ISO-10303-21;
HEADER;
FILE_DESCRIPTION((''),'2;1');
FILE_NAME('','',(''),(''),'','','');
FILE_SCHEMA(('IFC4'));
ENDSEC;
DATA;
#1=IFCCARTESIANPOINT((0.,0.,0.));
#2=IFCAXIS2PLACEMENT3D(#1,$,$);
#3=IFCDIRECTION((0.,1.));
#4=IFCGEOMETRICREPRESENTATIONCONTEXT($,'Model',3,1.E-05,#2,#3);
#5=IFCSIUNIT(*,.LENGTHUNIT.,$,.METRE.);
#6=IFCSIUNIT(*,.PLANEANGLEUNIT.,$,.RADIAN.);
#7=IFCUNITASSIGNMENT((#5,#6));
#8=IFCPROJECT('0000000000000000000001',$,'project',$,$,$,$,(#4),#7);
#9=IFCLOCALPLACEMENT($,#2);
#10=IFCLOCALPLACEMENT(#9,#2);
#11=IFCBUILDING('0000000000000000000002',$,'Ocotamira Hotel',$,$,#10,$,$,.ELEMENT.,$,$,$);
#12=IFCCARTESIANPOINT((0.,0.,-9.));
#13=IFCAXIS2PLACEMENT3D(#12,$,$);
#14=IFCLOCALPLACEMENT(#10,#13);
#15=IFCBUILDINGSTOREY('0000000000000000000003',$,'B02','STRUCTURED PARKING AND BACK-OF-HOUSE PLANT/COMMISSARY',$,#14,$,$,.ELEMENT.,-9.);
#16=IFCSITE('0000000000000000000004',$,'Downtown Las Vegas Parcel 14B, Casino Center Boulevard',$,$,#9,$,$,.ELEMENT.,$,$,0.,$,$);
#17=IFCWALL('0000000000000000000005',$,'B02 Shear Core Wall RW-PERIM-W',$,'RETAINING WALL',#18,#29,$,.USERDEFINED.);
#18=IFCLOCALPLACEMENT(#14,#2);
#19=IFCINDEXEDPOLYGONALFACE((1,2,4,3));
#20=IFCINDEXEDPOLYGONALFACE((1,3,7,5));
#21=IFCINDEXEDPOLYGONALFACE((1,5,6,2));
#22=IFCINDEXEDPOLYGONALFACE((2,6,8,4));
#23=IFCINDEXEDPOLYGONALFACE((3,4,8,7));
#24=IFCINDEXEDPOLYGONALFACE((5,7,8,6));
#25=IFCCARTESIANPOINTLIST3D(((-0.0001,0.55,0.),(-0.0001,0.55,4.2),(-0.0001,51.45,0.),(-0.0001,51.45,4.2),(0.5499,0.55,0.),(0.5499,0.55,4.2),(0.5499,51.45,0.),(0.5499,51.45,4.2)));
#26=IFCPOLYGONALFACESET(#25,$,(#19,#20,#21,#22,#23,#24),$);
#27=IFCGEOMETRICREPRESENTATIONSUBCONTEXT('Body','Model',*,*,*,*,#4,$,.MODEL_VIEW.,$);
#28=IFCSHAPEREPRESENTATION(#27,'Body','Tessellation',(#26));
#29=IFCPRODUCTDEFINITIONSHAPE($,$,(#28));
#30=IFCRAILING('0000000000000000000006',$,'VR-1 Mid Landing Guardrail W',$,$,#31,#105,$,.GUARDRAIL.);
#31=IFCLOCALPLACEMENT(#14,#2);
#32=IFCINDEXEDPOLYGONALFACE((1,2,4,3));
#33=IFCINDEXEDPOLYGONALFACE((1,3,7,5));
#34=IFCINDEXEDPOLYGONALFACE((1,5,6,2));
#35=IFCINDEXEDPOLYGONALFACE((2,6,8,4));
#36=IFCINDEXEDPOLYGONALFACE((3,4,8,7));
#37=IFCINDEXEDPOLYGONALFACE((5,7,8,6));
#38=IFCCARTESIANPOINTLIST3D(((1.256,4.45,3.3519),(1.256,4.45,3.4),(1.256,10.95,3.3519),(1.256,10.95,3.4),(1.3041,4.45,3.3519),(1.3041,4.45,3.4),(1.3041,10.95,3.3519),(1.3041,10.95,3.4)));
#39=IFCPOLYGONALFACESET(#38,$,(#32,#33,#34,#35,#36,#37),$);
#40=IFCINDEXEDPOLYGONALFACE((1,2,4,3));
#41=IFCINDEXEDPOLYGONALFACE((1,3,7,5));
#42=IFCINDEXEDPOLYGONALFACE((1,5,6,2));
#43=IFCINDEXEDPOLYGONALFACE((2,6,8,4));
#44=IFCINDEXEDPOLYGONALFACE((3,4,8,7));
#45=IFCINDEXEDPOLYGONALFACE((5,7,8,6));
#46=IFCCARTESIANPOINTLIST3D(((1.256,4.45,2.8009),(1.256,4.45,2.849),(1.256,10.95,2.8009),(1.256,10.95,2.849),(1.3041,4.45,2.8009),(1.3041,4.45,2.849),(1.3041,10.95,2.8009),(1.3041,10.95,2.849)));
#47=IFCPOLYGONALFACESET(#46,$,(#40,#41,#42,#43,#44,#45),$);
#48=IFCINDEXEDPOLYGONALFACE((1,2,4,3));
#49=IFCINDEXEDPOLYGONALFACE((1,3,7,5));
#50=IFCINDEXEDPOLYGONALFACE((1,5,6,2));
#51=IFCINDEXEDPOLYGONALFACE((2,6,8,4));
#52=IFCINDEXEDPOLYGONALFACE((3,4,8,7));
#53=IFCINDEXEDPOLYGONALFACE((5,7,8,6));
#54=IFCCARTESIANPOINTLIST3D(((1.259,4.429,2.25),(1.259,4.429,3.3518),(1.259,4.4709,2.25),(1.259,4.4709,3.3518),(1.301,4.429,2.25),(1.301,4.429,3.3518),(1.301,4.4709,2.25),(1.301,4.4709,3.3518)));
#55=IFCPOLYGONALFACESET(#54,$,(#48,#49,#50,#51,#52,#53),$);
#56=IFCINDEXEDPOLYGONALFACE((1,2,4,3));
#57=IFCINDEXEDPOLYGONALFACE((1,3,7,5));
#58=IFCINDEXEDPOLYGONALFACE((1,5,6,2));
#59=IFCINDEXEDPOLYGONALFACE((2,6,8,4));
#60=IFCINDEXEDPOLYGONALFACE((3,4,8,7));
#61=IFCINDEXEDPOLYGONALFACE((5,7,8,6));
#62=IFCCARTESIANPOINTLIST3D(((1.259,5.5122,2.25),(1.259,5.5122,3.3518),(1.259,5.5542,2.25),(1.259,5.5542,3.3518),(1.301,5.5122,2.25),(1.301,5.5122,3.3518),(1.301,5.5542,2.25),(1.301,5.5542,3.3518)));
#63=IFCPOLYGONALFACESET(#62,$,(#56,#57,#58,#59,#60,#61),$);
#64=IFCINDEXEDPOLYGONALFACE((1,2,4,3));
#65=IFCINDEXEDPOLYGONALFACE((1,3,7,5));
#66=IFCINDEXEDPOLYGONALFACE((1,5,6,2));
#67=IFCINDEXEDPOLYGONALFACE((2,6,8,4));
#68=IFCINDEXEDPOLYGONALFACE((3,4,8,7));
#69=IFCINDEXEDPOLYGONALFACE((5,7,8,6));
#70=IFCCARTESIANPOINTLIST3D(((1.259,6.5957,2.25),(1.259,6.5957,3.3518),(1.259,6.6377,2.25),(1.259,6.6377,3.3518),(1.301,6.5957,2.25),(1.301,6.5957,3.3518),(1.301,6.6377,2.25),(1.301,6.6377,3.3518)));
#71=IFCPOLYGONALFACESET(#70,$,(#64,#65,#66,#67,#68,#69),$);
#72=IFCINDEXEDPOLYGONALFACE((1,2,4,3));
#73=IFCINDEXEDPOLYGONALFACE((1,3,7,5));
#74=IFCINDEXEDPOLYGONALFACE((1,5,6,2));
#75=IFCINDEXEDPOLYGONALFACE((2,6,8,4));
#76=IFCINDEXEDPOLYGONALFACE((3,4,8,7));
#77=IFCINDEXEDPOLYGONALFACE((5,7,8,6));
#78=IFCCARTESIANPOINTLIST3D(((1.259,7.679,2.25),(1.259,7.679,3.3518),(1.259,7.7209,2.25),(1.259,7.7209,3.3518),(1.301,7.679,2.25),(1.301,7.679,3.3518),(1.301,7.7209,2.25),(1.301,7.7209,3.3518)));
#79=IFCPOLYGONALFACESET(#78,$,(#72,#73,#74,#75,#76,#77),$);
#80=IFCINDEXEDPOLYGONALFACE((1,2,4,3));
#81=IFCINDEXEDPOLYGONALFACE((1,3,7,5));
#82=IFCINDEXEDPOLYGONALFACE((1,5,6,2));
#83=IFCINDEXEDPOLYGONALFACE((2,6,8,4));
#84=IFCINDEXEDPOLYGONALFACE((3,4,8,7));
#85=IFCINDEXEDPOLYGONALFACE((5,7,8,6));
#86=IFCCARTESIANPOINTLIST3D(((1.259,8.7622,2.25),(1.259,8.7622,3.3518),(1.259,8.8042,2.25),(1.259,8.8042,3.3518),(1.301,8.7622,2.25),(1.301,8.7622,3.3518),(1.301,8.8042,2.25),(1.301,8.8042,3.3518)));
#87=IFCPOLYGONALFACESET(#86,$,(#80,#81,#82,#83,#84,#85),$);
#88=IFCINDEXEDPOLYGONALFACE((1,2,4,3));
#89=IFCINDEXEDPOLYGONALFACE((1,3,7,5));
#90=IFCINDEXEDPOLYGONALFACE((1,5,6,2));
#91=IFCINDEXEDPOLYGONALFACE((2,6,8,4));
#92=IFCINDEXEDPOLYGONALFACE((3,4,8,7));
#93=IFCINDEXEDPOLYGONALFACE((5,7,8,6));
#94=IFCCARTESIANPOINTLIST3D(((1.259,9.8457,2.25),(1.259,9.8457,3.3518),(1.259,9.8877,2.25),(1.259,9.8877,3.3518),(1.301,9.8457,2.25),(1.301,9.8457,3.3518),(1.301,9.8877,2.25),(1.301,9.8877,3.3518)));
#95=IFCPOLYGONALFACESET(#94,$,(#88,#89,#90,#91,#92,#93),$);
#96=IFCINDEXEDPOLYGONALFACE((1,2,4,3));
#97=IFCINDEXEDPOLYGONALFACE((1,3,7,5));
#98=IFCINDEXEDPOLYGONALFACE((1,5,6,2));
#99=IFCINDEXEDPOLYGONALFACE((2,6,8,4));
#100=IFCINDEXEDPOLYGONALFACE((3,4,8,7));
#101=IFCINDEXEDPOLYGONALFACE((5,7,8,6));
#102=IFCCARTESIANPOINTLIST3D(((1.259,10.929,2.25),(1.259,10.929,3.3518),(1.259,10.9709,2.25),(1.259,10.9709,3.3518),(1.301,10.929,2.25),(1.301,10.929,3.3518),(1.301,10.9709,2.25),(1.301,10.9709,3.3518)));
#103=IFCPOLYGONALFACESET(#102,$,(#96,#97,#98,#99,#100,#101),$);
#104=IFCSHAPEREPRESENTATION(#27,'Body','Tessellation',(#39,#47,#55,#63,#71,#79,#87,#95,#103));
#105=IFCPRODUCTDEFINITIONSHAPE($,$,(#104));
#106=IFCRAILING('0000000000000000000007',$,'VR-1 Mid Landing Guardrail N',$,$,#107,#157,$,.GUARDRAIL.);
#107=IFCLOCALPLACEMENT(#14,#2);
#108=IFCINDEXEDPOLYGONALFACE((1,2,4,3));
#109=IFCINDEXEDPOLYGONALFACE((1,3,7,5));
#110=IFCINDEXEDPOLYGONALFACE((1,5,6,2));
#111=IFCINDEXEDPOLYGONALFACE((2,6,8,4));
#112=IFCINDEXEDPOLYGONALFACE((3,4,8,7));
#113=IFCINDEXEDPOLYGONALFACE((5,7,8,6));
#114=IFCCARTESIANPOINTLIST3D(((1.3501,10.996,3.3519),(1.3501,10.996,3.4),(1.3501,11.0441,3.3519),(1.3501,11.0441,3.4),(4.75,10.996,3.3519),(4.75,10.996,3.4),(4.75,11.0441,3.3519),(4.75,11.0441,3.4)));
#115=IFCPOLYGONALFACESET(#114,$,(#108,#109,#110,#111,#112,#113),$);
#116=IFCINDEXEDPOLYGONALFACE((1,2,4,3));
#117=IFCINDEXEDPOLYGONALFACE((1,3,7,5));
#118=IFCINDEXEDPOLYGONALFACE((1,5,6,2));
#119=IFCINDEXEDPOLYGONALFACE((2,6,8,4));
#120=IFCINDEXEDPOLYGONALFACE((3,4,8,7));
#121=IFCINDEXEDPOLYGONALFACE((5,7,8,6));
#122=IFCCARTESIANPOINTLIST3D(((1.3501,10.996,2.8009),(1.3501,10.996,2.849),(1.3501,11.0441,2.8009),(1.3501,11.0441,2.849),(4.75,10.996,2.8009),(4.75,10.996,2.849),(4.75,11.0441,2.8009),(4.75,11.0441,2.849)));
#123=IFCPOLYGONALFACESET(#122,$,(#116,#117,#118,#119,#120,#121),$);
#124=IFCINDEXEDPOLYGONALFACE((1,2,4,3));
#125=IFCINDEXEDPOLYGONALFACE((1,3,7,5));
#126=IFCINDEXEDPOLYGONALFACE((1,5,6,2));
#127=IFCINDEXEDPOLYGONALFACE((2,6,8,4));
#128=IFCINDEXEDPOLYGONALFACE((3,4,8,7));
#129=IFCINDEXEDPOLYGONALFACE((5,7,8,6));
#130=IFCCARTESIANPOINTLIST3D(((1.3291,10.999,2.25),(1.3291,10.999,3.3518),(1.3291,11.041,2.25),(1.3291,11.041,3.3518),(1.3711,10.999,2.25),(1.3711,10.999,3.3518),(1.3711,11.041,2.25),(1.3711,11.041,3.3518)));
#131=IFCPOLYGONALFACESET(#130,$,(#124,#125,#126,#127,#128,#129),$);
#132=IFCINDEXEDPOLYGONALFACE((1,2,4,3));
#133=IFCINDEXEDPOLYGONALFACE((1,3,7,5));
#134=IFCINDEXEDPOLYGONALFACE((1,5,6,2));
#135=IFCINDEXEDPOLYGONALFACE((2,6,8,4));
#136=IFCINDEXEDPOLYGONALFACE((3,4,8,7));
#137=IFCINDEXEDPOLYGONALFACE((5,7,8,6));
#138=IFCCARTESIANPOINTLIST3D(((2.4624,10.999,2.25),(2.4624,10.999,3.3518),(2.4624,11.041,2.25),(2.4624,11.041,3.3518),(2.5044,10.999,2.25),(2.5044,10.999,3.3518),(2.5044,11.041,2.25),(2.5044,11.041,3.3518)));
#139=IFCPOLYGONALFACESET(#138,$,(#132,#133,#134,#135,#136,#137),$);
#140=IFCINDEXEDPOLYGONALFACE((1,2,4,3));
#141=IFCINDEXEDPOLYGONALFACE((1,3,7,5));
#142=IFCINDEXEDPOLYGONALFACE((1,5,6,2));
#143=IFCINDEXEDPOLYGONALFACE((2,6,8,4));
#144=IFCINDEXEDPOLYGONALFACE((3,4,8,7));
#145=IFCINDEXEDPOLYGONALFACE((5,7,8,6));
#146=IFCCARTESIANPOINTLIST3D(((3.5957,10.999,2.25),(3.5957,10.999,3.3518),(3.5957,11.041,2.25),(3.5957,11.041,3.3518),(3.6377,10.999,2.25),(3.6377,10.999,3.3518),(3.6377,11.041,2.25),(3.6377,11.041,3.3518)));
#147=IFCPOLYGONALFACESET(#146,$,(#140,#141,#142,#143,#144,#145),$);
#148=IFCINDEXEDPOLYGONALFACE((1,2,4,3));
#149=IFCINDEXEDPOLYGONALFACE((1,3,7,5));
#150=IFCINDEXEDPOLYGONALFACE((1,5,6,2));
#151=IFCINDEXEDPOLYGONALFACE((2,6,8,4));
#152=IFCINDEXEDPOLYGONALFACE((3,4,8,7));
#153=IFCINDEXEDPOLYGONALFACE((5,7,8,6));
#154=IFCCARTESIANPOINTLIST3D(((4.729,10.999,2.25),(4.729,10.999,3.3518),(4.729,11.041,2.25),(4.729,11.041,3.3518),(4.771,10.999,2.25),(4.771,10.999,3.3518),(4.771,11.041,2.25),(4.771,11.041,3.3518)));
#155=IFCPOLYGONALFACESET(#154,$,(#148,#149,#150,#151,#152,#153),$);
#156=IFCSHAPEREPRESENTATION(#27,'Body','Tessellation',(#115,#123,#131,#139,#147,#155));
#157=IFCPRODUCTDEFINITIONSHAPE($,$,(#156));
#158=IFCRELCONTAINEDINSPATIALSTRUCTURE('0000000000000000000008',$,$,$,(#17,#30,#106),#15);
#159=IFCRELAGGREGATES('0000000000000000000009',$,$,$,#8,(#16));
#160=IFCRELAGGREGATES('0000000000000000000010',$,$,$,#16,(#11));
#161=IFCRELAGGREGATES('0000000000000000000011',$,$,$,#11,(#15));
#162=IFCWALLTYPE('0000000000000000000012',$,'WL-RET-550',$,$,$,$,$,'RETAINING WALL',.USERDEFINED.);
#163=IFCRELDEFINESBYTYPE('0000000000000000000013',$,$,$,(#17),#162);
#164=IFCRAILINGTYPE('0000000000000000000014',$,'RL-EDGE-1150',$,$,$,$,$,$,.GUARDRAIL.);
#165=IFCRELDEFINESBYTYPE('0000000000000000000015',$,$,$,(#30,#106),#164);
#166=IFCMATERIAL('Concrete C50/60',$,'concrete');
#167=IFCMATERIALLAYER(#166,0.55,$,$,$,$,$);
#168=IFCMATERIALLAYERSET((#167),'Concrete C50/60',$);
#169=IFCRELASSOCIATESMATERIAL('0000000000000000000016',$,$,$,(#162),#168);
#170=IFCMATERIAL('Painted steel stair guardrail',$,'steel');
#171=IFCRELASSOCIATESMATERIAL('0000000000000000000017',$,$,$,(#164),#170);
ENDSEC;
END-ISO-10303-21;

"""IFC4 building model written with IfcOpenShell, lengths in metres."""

from ifc_helpers import new_model, si_unit, direction, frame, frame_2d, origin, origin_2d, place, context, subcontext, project, spatial, rectangle, extrude, material, layer, layer_set, type_object, element, save


model = new_model("IFC4")

# Units and contexts
model_context = context("Model", 3, precision=1e-05, world=origin(), true_north=direction((0.0, 1.0)))
body_context = subcontext(model_context, "Body", "Model", "MODEL_VIEW")
ifc_project = project(units=[si_unit("LENGTHUNIT", "METRE"), si_unit("PLANEANGLEUNIT", "RADIAN")], contexts=[model_context])

# Site, building, storey
site_placement = place(None, origin())
site = spatial("IfcSite", under=ifc_project, at=site_placement, Name="Downtown Las Vegas Parcel 14B, Casino Center Boulevard", CompositionType="ELEMENT", RefElevation=0.0)
building_placement = place(site_placement, origin())
building = spatial("IfcBuilding", under=site, at=building_placement, Name="Ocotamira Hotel", CompositionType="ELEMENT")
storey_placement = place(building_placement, frame((0.0, 0.0, -9.0)))
storey = spatial("IfcBuildingStorey", under=building, at=storey_placement, Name="B02", Description="STRUCTURED PARKING AND BACK-OF-HOUSE PLANT/COMMISSARY", CompositionType="ELEMENT", Elevation=-9.0)

# Shared definitions
ifc_material_1 = material(Name="Concrete C50/60", Category="concrete")

# Wall
ifc_layer_1 = layer(ifc_material_1, 0.55)
ifc_layer_set_1 = layer_set([ifc_layer_1], Name="Concrete C50/60")
wall_type_1 = type_object("IfcWallType", Name="WL-RET-550", ElementType="RETAINING WALL", PredefinedType="USERDEFINED", material=ifc_layer_set_1)
wall_1_placement = place(storey_placement, frame((0.2749, 0.55, 0.0), z_axis=(0.0, 0.0, 1.0), x_axis=(0.0, 1.0, 0.0)))
element("IfcWall", 1, at=wall_1_placement, inside=storey, type_object=wall_type_1, Name="B02 Shear Core Wall RW-PERIM-W", ObjectType="RETAINING WALL", PredefinedType="USERDEFINED", context=body_context, shape_type="SweptSolid", body=[
    extrude(rectangle(XDim=50.8999, YDim=0.55, at=frame_2d((25.45, 0.0))), origin(), (0.0, 0.0, 1.0), 4.2),
])

# Railings
ifc_material_2 = material(Name="Painted steel stair guardrail", Category="steel")
railing_type = type_object("IfcRailingType", Name="RL-EDGE-1150", PredefinedType="GUARDRAIL", material=ifc_material_2)
railing_1_placement = place(storey_placement, frame((1.28, 4.45, 2.25)))
element("IfcRailing", 2, at=railing_1_placement, inside=storey, type_object=railing_type, Name="VR-1 Mid Landing Guardrail W", PredefinedType="GUARDRAIL", context=body_context, shape_type="SweptSolid", body=[
    extrude(rectangle(XDim=0.0481, YDim=0.0481, at=origin_2d()), frame((0.0, 0.0, 1.126), z_axis=(0.0, 1.0, 0.0), x_axis=(-1.0, 0.0, 0.0)), (0.0, 0.0, 1.0), 6.5),
    extrude(rectangle(XDim=0.0481, YDim=0.0481, at=origin_2d()), frame((0.0, 0.0, 0.575), z_axis=(0.0, 1.0, 0.0), x_axis=(-1.0, 0.0, 0.0)), (0.0, 0.0, 1.0), 6.5),
    extrude(rectangle(XDim=0.042, YDim=0.042, at=origin_2d()), origin(), (0.0, 0.0, 1.0), 1.1018),
    extrude(rectangle(XDim=0.042, YDim=0.042, at=origin_2d()), frame((0.0, 1.0833, 0.0)), (0.0, 0.0, 1.0), 1.1018),
    extrude(rectangle(XDim=0.042, YDim=0.042, at=origin_2d()), frame((0.0, 2.1667, 0.0)), (0.0, 0.0, 1.0), 1.1018),
    extrude(rectangle(XDim=0.042, YDim=0.042, at=origin_2d()), frame((0.0, 3.25, 0.0)), (0.0, 0.0, 1.0), 1.1018),
    extrude(rectangle(XDim=0.042, YDim=0.042, at=origin_2d()), frame((0.0, 4.3333, 0.0)), (0.0, 0.0, 1.0), 1.1018),
    extrude(rectangle(XDim=0.042, YDim=0.042, at=origin_2d()), frame((0.0, 5.4167, 0.0)), (0.0, 0.0, 1.0), 1.1018),
    extrude(rectangle(XDim=0.042, YDim=0.042, at=origin_2d()), frame((0.0, 6.5, 0.0)), (0.0, 0.0, 1.0), 1.1018),
])
railing_2_placement = place(storey_placement, frame((1.3501, 11.02, 2.25)))
element("IfcRailing", 3, at=railing_2_placement, inside=storey, type_object=railing_type, Name="VR-1 Mid Landing Guardrail N", PredefinedType="GUARDRAIL", context=body_context, shape_type="SweptSolid", body=[
    extrude(rectangle(XDim=0.0481, YDim=0.0481, at=origin_2d()), frame((0.0, 0.0, 1.126), z_axis=(1.0, 0.0, 0.0), x_axis=(0.0, 1.0, 0.0)), (0.0, 0.0, 1.0), 3.3999),
    extrude(rectangle(XDim=0.0481, YDim=0.0481, at=origin_2d()), frame((0.0, 0.0, 0.575), z_axis=(1.0, 0.0, 0.0), x_axis=(0.0, 1.0, 0.0)), (0.0, 0.0, 1.0), 3.3999),
    extrude(rectangle(XDim=0.042, YDim=0.042, at=origin_2d()), origin(), (0.0, 0.0, 1.0), 1.1018),
    extrude(rectangle(XDim=0.042, YDim=0.042, at=origin_2d()), frame((1.1333, 0.0, 0.0)), (0.0, 0.0, 1.0), 1.1018),
    extrude(rectangle(XDim=0.042, YDim=0.042, at=origin_2d()), frame((2.2666, 0.0, 0.0)), (0.0, 0.0, 1.0), 1.1018),
    extrude(rectangle(XDim=0.042, YDim=0.042, at=origin_2d()), frame((3.3999, 0.0, 0.0)), (0.0, 0.0, 1.0), 1.1018),
])

save(model, "model.ifc")
